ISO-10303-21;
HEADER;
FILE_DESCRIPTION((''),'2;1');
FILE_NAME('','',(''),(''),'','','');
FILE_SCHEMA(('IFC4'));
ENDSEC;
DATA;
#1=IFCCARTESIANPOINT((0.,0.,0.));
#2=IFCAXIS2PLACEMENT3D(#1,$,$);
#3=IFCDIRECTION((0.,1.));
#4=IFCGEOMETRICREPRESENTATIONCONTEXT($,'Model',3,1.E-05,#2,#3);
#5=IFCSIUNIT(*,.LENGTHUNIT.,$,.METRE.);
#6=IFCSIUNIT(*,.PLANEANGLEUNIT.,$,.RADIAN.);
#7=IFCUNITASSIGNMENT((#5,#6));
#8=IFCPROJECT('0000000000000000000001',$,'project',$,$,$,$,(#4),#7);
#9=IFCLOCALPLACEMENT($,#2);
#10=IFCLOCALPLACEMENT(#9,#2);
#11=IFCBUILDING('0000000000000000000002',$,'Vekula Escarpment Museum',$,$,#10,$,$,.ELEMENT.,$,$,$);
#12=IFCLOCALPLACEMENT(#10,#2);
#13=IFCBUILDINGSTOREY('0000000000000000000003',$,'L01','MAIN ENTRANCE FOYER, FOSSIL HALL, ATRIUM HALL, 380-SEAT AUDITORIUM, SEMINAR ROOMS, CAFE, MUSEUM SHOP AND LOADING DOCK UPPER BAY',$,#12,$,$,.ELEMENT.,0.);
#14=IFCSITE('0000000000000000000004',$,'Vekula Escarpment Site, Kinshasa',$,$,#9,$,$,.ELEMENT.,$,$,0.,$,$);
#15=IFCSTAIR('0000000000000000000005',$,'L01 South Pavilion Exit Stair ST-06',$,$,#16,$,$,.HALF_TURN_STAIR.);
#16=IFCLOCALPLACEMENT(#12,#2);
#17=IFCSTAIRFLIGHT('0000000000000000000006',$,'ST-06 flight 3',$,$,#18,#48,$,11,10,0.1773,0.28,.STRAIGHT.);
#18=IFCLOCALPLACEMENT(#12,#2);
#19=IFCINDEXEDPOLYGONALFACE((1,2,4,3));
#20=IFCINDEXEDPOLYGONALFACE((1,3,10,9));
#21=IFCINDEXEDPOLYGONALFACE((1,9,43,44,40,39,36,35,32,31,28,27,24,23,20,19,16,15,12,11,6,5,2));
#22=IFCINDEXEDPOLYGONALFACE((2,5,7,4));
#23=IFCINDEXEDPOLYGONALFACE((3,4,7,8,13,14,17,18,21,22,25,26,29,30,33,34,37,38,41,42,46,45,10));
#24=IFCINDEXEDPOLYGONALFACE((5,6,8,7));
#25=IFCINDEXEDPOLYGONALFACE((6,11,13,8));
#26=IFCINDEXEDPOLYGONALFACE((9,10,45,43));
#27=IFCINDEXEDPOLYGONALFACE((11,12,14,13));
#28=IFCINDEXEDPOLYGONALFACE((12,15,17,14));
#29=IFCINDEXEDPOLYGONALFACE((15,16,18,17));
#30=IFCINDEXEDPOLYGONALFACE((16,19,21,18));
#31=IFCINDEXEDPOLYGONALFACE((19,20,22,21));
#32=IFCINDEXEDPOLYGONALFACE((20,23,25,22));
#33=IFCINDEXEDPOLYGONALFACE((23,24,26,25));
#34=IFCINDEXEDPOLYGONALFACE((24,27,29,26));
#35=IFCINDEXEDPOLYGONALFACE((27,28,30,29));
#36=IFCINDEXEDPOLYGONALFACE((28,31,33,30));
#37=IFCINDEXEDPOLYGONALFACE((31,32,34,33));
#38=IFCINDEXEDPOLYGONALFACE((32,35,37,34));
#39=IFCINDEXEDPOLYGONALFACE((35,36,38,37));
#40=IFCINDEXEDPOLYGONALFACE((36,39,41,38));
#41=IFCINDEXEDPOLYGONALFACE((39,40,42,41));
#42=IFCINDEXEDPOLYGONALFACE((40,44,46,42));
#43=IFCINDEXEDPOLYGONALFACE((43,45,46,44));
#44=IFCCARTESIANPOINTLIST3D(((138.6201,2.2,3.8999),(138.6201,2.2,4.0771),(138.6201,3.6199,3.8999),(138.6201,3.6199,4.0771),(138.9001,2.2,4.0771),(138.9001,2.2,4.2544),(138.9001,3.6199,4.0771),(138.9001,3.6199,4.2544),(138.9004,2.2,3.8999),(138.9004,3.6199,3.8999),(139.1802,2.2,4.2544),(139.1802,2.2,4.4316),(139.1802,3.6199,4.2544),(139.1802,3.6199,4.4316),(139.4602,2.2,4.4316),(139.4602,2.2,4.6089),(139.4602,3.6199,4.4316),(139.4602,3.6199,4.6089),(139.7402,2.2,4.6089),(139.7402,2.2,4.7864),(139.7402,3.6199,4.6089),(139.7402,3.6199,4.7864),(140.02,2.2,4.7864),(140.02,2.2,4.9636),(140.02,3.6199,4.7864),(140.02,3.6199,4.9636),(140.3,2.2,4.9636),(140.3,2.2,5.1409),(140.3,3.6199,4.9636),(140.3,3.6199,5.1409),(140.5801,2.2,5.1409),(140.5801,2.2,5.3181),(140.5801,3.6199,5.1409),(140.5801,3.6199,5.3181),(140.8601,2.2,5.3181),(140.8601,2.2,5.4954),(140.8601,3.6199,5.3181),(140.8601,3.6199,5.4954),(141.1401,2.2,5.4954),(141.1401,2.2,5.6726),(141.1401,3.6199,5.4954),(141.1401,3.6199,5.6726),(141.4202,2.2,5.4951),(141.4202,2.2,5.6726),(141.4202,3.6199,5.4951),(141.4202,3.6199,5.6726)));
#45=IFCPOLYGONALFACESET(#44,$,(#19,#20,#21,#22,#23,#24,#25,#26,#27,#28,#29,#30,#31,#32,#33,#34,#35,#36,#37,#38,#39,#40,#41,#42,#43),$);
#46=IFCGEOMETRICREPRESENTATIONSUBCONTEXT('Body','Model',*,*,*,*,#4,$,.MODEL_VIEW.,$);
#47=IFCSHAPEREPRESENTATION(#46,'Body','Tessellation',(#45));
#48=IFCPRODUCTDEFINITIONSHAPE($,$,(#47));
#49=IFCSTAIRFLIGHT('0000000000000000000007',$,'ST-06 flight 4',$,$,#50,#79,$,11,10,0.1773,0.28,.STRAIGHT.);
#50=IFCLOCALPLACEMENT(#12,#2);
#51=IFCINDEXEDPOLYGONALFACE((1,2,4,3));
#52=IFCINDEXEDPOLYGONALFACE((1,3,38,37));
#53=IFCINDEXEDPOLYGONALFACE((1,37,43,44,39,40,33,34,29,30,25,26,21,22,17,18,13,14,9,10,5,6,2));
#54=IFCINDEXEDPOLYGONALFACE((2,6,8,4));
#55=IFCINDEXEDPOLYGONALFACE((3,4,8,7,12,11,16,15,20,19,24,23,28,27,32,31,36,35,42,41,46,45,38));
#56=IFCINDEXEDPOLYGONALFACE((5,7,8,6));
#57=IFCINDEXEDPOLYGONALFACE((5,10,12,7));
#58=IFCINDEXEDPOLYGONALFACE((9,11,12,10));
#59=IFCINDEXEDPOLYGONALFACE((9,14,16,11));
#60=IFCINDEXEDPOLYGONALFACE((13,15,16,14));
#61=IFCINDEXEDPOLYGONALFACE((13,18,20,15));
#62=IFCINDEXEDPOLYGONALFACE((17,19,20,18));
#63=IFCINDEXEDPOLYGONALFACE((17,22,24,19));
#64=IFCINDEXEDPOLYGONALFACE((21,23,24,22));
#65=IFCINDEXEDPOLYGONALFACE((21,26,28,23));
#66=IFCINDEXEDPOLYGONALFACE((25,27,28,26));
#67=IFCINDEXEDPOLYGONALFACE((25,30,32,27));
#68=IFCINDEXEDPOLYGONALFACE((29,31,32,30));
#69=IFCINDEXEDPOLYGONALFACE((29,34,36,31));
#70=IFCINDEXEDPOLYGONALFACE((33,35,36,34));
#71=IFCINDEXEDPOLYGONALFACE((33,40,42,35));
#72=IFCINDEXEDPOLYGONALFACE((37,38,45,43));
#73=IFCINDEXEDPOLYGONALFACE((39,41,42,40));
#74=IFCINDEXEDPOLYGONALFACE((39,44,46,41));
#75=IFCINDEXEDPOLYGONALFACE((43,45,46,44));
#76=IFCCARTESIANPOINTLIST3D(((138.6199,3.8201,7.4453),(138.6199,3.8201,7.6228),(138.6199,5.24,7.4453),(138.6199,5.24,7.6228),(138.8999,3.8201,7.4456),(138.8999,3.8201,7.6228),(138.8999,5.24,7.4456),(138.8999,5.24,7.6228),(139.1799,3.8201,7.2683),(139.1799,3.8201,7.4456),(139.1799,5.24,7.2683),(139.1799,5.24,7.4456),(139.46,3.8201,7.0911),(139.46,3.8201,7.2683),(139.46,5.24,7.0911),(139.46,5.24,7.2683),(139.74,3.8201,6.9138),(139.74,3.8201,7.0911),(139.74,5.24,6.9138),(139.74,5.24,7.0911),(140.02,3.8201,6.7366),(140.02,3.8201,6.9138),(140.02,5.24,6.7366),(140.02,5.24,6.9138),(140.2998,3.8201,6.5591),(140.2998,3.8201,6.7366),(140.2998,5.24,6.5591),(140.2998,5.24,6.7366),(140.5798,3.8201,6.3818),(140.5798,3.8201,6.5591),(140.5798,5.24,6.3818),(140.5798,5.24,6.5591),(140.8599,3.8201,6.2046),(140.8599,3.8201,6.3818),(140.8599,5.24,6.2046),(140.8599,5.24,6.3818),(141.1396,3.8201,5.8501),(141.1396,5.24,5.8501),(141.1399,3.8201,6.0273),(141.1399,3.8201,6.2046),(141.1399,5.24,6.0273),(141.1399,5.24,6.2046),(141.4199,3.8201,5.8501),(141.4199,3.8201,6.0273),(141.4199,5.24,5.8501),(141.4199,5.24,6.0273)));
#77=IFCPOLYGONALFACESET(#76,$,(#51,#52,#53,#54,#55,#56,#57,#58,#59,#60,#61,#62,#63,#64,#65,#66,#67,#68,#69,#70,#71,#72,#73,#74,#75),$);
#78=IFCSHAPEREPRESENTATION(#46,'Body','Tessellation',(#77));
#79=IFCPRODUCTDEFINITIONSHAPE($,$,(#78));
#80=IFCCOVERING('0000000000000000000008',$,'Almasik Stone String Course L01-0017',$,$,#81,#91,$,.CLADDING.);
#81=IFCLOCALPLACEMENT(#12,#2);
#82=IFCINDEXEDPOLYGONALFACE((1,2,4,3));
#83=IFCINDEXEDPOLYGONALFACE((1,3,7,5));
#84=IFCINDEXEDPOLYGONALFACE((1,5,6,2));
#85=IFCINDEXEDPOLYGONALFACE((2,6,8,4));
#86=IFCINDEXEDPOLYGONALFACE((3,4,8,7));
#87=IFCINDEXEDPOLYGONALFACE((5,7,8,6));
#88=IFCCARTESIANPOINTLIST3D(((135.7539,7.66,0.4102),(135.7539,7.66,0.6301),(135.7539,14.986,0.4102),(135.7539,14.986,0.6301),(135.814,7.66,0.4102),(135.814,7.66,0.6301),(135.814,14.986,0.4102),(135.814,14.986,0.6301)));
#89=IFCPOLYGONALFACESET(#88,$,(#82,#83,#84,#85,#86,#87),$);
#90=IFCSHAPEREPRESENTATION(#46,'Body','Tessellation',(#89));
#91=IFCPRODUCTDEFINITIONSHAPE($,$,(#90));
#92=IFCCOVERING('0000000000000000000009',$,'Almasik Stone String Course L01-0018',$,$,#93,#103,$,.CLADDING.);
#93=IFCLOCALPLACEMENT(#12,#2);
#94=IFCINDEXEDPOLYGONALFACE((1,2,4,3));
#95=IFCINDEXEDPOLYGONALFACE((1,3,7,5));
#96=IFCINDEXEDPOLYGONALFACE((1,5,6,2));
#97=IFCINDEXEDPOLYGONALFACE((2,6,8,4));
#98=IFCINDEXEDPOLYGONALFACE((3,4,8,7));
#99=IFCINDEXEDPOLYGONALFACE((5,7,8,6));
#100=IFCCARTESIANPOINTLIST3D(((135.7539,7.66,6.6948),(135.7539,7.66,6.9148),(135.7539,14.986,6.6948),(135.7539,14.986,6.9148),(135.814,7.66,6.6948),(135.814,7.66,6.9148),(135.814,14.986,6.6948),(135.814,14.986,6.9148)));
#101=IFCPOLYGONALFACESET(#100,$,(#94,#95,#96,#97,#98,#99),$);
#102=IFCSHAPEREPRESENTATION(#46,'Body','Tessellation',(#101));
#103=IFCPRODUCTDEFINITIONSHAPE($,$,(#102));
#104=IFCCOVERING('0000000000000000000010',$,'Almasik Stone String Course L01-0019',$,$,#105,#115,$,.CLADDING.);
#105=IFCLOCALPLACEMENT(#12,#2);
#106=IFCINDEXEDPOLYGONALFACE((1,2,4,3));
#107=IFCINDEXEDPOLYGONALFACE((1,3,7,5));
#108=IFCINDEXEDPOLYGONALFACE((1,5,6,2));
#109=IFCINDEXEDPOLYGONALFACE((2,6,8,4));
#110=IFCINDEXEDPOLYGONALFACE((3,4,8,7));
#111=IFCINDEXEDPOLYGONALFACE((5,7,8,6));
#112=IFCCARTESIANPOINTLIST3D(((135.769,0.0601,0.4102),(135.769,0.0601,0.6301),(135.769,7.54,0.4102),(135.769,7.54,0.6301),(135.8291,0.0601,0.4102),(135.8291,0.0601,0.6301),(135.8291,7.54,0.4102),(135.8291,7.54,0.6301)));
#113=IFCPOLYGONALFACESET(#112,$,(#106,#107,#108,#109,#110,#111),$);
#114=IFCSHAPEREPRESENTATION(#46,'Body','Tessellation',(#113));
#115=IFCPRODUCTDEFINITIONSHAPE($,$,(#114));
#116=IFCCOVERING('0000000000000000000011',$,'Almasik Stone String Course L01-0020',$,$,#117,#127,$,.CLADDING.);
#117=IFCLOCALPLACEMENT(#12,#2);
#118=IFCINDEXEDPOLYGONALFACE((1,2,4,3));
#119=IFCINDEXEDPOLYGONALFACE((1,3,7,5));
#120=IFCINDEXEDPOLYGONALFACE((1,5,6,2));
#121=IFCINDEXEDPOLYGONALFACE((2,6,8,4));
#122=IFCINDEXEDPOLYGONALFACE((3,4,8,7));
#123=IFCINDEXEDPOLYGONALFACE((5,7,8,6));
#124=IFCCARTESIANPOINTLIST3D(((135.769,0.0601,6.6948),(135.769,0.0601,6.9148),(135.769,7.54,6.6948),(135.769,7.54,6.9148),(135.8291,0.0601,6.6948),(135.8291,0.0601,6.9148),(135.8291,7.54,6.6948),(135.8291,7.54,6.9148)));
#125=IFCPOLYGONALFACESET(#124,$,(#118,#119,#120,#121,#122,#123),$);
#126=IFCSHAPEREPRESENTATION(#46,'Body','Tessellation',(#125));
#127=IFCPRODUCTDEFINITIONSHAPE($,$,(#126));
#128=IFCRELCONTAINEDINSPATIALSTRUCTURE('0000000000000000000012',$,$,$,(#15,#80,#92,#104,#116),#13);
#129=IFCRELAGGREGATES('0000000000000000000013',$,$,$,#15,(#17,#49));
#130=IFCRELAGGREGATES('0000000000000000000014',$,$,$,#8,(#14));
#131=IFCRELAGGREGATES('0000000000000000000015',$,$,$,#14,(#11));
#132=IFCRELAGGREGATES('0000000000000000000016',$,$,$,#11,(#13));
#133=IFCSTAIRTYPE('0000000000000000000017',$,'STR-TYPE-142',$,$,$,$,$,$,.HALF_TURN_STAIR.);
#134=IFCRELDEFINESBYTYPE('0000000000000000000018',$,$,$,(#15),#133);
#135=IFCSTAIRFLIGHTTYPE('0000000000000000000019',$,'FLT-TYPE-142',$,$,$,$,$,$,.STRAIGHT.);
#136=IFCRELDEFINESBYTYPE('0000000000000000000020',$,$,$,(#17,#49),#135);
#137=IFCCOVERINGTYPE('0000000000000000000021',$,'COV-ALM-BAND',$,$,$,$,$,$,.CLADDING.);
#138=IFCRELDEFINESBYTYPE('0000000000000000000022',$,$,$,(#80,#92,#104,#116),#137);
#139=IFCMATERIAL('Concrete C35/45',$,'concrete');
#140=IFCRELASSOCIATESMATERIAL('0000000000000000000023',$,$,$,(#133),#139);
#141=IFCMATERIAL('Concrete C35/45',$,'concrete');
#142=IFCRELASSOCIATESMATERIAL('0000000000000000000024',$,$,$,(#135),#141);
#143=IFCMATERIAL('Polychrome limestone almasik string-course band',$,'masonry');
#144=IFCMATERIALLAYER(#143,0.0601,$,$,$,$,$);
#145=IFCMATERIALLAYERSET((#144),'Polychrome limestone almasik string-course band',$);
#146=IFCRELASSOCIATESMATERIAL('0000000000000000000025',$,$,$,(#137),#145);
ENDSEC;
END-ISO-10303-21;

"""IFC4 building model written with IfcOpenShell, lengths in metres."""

from ifc_helpers import new_model, si_unit, direction, frame, origin, origin_2d, place, context, subcontext, project, spatial, polyline, rectangle, outline, extrude, material, layer, layer_set, type_object, element, aggregate, save


model = new_model("IFC4")

# Units and contexts
model_context = context("Model", 3, precision=1e-05, world=origin(), true_north=direction((0.0, 1.0)))
body_context = subcontext(model_context, "Body", "Model", "MODEL_VIEW")
ifc_project = project(units=[si_unit("LENGTHUNIT", "METRE"), si_unit("PLANEANGLEUNIT", "RADIAN")], contexts=[model_context])

# Site, building, storey
site_placement = place(None, origin())
site = spatial("IfcSite", under=ifc_project, at=site_placement, Name="Vekula Escarpment Site, Kinshasa", CompositionType="ELEMENT", RefElevation=0.0)
building_placement = place(site_placement, origin())
building = spatial("IfcBuilding", under=site, at=building_placement, Name="Vekula Escarpment Museum", CompositionType="ELEMENT")
storey_placement = place(building_placement, origin())
storey = spatial("IfcBuildingStorey", under=building, at=storey_placement, Name="L01", Description="MAIN ENTRANCE FOYER, FOSSIL HALL, ATRIUM HALL, 380-SEAT AUDITORIUM, SEMINAR ROOMS, CAFE, MUSEUM SHOP AND LOADING DOCK UPPER BAY", CompositionType="ELEMENT", Elevation=0.0)

# Stair, stair flights
ifc_material_1 = material(Name="Concrete C35/45", Category="concrete")
stair_type = type_object("IfcStairType", Name="STR-TYPE-142", PredefinedType="HALF_TURN_STAIR", material=ifc_material_1)
stair_placement = place(storey_placement, origin())
stair = element("IfcStair", 1, at=stair_placement, inside=storey, type_object=stair_type, Name="L01 South Pavilion Exit Stair ST-06", PredefinedType="HALF_TURN_STAIR")
ifc_material_2 = material(Name="Concrete C35/45", Category="concrete")
stair_flight_type = type_object("IfcStairFlightType", Name="FLT-TYPE-142", PredefinedType="STRAIGHT", material=ifc_material_2)
stair_flight_1_placement = place(storey_placement, frame((138.6201, 2.9099, 3.8999), z_axis=(0.0, 0.0, 1.0), x_axis=(1.0, 0.0, 0.0)))
stair_flight_1 = element("IfcStairFlight", 2, at=stair_flight_1_placement, type_object=stair_flight_type, Name="ST-06 flight 3", NumberOfRisers=11, NumberOfTreads=10, PredefinedType="STRAIGHT", RiserHeight=0.1773, TreadLength=0.28, context=body_context, shape_type="SweptSolid", body=[
    extrude(outline(polyline([(0.0, 0.0), (0.0, 0.1772), (0.28, 0.1772), (0.28, 0.3545), (0.5601, 0.3545), (0.5601, 0.5317), (0.8401, 0.5317), (0.8401, 0.709), (1.1201, 0.709), (1.1201, 0.8865), (1.3999, 0.8865), (1.3999, 1.0637), (1.6799, 1.0637), (1.6799, 1.241), (1.96, 1.241), (1.96, 1.4182), (2.24, 1.4182), (2.24, 1.5955), (2.52, 1.5955), (2.52, 1.7727), (2.8, 1.7727), (2.8, 1.95), (2.8, 1.5952), (0.2803, 0.0), (0.0, 0.0)])), frame((0.0, 0.71, 0.0), z_axis=(0.0, -1.0, 0.0), x_axis=(1.0, 0.0, 0.0)), (0.0, 0.0, 1.0), 1.4199),
])
stair_flight_2_placement = place(storey_placement, frame((141.4199, 4.53, 5.8501), z_axis=(0.0, 0.0, 1.0), x_axis=(-1.0, 0.0, 0.0)))
stair_flight_2 = element("IfcStairFlight", 3, at=stair_flight_2_placement, type_object=stair_flight_type, Name="ST-06 flight 4", NumberOfRisers=11, NumberOfTreads=10, PredefinedType="STRAIGHT", RiserHeight=0.1773, TreadLength=0.28, context=body_context, shape_type="SweptSolid", body=[
    extrude(outline(polyline([(0.0, 0.0), (0.0, 0.1772), (0.28, 0.1772), (0.28, 0.3545), (0.5601, 0.3545), (0.5601, 0.5317), (0.8401, 0.5317), (0.8401, 0.709), (1.1201, 0.709), (1.1201, 0.8865), (1.3999, 0.8865), (1.3999, 1.0637), (1.6799, 1.0637), (1.6799, 1.241), (1.96, 1.241), (1.96, 1.4182), (2.24, 1.4182), (2.24, 1.5955), (2.52, 1.5955), (2.52, 1.7727), (2.8, 1.7727), (2.8, 1.95), (2.8, 1.5952), (0.2803, 0.0), (0.0, 0.0)])), frame((0.0, 0.71, 0.0), z_axis=(0.0, -1.0, 0.0), x_axis=(1.0, 0.0, 0.0)), (0.0, 0.0, 1.0), 1.4199),
])
aggregate(stair, [stair_flight_1, stair_flight_2])

# Coverings
ifc_material_3 = material(Name="Polychrome limestone almasik string-course band", Category="masonry")
ifc_layer_1 = layer(ifc_material_3, 0.0601)
ifc_layer_set_1 = layer_set([ifc_layer_1], Name="Polychrome limestone almasik string-course band")
covering_type = type_object("IfcCoveringType", Name="COV-ALM-BAND", PredefinedType="CLADDING", material=ifc_layer_set_1)
for number, where, z_axis, x_axis, name in (
    (4, (135.7839, 11.323, 0.4102), (0.0, 0.0, 1.0), (0.0, 1.0, 0.0), "Almasik Stone String Course L01-0017"),
    (5, (135.7839, 11.323, 6.6948), (0.0, 0.0, 1.0), (0.0, 1.0, 0.0), "Almasik Stone String Course L01-0018"),
):
    element("IfcCovering", number, at=place(storey_placement, frame(where, z_axis=z_axis, x_axis=x_axis)), inside=storey, type_object=covering_type, Name=name, PredefinedType="CLADDING", context=body_context, shape_type="SweptSolid", body=[
        extrude(rectangle(XDim=7.3259, YDim=0.0601, at=origin_2d()), origin(), (0.0, 0.0, 1.0), 0.22),
    ])
for number, where, z_axis, x_axis, name in (
    (6, (135.7991, 3.8, 0.4102), (0.0, 0.0, 1.0), (0.0, 1.0, 0.0), "Almasik Stone String Course L01-0019"),
    (7, (135.7991, 3.8, 6.6948), (0.0, 0.0, 1.0), (0.0, 1.0, 0.0), "Almasik Stone String Course L01-0020"),
):
    element("IfcCovering", number, at=place(storey_placement, frame(where, z_axis=z_axis, x_axis=x_axis)), inside=storey, type_object=covering_type, Name=name, PredefinedType="CLADDING", context=body_context, shape_type="SweptSolid", body=[
        extrude(rectangle(XDim=7.48, YDim=0.0601, at=origin_2d()), origin(), (0.0, 0.0, 1.0), 0.22),
    ])

save(model, "model.ifc")
